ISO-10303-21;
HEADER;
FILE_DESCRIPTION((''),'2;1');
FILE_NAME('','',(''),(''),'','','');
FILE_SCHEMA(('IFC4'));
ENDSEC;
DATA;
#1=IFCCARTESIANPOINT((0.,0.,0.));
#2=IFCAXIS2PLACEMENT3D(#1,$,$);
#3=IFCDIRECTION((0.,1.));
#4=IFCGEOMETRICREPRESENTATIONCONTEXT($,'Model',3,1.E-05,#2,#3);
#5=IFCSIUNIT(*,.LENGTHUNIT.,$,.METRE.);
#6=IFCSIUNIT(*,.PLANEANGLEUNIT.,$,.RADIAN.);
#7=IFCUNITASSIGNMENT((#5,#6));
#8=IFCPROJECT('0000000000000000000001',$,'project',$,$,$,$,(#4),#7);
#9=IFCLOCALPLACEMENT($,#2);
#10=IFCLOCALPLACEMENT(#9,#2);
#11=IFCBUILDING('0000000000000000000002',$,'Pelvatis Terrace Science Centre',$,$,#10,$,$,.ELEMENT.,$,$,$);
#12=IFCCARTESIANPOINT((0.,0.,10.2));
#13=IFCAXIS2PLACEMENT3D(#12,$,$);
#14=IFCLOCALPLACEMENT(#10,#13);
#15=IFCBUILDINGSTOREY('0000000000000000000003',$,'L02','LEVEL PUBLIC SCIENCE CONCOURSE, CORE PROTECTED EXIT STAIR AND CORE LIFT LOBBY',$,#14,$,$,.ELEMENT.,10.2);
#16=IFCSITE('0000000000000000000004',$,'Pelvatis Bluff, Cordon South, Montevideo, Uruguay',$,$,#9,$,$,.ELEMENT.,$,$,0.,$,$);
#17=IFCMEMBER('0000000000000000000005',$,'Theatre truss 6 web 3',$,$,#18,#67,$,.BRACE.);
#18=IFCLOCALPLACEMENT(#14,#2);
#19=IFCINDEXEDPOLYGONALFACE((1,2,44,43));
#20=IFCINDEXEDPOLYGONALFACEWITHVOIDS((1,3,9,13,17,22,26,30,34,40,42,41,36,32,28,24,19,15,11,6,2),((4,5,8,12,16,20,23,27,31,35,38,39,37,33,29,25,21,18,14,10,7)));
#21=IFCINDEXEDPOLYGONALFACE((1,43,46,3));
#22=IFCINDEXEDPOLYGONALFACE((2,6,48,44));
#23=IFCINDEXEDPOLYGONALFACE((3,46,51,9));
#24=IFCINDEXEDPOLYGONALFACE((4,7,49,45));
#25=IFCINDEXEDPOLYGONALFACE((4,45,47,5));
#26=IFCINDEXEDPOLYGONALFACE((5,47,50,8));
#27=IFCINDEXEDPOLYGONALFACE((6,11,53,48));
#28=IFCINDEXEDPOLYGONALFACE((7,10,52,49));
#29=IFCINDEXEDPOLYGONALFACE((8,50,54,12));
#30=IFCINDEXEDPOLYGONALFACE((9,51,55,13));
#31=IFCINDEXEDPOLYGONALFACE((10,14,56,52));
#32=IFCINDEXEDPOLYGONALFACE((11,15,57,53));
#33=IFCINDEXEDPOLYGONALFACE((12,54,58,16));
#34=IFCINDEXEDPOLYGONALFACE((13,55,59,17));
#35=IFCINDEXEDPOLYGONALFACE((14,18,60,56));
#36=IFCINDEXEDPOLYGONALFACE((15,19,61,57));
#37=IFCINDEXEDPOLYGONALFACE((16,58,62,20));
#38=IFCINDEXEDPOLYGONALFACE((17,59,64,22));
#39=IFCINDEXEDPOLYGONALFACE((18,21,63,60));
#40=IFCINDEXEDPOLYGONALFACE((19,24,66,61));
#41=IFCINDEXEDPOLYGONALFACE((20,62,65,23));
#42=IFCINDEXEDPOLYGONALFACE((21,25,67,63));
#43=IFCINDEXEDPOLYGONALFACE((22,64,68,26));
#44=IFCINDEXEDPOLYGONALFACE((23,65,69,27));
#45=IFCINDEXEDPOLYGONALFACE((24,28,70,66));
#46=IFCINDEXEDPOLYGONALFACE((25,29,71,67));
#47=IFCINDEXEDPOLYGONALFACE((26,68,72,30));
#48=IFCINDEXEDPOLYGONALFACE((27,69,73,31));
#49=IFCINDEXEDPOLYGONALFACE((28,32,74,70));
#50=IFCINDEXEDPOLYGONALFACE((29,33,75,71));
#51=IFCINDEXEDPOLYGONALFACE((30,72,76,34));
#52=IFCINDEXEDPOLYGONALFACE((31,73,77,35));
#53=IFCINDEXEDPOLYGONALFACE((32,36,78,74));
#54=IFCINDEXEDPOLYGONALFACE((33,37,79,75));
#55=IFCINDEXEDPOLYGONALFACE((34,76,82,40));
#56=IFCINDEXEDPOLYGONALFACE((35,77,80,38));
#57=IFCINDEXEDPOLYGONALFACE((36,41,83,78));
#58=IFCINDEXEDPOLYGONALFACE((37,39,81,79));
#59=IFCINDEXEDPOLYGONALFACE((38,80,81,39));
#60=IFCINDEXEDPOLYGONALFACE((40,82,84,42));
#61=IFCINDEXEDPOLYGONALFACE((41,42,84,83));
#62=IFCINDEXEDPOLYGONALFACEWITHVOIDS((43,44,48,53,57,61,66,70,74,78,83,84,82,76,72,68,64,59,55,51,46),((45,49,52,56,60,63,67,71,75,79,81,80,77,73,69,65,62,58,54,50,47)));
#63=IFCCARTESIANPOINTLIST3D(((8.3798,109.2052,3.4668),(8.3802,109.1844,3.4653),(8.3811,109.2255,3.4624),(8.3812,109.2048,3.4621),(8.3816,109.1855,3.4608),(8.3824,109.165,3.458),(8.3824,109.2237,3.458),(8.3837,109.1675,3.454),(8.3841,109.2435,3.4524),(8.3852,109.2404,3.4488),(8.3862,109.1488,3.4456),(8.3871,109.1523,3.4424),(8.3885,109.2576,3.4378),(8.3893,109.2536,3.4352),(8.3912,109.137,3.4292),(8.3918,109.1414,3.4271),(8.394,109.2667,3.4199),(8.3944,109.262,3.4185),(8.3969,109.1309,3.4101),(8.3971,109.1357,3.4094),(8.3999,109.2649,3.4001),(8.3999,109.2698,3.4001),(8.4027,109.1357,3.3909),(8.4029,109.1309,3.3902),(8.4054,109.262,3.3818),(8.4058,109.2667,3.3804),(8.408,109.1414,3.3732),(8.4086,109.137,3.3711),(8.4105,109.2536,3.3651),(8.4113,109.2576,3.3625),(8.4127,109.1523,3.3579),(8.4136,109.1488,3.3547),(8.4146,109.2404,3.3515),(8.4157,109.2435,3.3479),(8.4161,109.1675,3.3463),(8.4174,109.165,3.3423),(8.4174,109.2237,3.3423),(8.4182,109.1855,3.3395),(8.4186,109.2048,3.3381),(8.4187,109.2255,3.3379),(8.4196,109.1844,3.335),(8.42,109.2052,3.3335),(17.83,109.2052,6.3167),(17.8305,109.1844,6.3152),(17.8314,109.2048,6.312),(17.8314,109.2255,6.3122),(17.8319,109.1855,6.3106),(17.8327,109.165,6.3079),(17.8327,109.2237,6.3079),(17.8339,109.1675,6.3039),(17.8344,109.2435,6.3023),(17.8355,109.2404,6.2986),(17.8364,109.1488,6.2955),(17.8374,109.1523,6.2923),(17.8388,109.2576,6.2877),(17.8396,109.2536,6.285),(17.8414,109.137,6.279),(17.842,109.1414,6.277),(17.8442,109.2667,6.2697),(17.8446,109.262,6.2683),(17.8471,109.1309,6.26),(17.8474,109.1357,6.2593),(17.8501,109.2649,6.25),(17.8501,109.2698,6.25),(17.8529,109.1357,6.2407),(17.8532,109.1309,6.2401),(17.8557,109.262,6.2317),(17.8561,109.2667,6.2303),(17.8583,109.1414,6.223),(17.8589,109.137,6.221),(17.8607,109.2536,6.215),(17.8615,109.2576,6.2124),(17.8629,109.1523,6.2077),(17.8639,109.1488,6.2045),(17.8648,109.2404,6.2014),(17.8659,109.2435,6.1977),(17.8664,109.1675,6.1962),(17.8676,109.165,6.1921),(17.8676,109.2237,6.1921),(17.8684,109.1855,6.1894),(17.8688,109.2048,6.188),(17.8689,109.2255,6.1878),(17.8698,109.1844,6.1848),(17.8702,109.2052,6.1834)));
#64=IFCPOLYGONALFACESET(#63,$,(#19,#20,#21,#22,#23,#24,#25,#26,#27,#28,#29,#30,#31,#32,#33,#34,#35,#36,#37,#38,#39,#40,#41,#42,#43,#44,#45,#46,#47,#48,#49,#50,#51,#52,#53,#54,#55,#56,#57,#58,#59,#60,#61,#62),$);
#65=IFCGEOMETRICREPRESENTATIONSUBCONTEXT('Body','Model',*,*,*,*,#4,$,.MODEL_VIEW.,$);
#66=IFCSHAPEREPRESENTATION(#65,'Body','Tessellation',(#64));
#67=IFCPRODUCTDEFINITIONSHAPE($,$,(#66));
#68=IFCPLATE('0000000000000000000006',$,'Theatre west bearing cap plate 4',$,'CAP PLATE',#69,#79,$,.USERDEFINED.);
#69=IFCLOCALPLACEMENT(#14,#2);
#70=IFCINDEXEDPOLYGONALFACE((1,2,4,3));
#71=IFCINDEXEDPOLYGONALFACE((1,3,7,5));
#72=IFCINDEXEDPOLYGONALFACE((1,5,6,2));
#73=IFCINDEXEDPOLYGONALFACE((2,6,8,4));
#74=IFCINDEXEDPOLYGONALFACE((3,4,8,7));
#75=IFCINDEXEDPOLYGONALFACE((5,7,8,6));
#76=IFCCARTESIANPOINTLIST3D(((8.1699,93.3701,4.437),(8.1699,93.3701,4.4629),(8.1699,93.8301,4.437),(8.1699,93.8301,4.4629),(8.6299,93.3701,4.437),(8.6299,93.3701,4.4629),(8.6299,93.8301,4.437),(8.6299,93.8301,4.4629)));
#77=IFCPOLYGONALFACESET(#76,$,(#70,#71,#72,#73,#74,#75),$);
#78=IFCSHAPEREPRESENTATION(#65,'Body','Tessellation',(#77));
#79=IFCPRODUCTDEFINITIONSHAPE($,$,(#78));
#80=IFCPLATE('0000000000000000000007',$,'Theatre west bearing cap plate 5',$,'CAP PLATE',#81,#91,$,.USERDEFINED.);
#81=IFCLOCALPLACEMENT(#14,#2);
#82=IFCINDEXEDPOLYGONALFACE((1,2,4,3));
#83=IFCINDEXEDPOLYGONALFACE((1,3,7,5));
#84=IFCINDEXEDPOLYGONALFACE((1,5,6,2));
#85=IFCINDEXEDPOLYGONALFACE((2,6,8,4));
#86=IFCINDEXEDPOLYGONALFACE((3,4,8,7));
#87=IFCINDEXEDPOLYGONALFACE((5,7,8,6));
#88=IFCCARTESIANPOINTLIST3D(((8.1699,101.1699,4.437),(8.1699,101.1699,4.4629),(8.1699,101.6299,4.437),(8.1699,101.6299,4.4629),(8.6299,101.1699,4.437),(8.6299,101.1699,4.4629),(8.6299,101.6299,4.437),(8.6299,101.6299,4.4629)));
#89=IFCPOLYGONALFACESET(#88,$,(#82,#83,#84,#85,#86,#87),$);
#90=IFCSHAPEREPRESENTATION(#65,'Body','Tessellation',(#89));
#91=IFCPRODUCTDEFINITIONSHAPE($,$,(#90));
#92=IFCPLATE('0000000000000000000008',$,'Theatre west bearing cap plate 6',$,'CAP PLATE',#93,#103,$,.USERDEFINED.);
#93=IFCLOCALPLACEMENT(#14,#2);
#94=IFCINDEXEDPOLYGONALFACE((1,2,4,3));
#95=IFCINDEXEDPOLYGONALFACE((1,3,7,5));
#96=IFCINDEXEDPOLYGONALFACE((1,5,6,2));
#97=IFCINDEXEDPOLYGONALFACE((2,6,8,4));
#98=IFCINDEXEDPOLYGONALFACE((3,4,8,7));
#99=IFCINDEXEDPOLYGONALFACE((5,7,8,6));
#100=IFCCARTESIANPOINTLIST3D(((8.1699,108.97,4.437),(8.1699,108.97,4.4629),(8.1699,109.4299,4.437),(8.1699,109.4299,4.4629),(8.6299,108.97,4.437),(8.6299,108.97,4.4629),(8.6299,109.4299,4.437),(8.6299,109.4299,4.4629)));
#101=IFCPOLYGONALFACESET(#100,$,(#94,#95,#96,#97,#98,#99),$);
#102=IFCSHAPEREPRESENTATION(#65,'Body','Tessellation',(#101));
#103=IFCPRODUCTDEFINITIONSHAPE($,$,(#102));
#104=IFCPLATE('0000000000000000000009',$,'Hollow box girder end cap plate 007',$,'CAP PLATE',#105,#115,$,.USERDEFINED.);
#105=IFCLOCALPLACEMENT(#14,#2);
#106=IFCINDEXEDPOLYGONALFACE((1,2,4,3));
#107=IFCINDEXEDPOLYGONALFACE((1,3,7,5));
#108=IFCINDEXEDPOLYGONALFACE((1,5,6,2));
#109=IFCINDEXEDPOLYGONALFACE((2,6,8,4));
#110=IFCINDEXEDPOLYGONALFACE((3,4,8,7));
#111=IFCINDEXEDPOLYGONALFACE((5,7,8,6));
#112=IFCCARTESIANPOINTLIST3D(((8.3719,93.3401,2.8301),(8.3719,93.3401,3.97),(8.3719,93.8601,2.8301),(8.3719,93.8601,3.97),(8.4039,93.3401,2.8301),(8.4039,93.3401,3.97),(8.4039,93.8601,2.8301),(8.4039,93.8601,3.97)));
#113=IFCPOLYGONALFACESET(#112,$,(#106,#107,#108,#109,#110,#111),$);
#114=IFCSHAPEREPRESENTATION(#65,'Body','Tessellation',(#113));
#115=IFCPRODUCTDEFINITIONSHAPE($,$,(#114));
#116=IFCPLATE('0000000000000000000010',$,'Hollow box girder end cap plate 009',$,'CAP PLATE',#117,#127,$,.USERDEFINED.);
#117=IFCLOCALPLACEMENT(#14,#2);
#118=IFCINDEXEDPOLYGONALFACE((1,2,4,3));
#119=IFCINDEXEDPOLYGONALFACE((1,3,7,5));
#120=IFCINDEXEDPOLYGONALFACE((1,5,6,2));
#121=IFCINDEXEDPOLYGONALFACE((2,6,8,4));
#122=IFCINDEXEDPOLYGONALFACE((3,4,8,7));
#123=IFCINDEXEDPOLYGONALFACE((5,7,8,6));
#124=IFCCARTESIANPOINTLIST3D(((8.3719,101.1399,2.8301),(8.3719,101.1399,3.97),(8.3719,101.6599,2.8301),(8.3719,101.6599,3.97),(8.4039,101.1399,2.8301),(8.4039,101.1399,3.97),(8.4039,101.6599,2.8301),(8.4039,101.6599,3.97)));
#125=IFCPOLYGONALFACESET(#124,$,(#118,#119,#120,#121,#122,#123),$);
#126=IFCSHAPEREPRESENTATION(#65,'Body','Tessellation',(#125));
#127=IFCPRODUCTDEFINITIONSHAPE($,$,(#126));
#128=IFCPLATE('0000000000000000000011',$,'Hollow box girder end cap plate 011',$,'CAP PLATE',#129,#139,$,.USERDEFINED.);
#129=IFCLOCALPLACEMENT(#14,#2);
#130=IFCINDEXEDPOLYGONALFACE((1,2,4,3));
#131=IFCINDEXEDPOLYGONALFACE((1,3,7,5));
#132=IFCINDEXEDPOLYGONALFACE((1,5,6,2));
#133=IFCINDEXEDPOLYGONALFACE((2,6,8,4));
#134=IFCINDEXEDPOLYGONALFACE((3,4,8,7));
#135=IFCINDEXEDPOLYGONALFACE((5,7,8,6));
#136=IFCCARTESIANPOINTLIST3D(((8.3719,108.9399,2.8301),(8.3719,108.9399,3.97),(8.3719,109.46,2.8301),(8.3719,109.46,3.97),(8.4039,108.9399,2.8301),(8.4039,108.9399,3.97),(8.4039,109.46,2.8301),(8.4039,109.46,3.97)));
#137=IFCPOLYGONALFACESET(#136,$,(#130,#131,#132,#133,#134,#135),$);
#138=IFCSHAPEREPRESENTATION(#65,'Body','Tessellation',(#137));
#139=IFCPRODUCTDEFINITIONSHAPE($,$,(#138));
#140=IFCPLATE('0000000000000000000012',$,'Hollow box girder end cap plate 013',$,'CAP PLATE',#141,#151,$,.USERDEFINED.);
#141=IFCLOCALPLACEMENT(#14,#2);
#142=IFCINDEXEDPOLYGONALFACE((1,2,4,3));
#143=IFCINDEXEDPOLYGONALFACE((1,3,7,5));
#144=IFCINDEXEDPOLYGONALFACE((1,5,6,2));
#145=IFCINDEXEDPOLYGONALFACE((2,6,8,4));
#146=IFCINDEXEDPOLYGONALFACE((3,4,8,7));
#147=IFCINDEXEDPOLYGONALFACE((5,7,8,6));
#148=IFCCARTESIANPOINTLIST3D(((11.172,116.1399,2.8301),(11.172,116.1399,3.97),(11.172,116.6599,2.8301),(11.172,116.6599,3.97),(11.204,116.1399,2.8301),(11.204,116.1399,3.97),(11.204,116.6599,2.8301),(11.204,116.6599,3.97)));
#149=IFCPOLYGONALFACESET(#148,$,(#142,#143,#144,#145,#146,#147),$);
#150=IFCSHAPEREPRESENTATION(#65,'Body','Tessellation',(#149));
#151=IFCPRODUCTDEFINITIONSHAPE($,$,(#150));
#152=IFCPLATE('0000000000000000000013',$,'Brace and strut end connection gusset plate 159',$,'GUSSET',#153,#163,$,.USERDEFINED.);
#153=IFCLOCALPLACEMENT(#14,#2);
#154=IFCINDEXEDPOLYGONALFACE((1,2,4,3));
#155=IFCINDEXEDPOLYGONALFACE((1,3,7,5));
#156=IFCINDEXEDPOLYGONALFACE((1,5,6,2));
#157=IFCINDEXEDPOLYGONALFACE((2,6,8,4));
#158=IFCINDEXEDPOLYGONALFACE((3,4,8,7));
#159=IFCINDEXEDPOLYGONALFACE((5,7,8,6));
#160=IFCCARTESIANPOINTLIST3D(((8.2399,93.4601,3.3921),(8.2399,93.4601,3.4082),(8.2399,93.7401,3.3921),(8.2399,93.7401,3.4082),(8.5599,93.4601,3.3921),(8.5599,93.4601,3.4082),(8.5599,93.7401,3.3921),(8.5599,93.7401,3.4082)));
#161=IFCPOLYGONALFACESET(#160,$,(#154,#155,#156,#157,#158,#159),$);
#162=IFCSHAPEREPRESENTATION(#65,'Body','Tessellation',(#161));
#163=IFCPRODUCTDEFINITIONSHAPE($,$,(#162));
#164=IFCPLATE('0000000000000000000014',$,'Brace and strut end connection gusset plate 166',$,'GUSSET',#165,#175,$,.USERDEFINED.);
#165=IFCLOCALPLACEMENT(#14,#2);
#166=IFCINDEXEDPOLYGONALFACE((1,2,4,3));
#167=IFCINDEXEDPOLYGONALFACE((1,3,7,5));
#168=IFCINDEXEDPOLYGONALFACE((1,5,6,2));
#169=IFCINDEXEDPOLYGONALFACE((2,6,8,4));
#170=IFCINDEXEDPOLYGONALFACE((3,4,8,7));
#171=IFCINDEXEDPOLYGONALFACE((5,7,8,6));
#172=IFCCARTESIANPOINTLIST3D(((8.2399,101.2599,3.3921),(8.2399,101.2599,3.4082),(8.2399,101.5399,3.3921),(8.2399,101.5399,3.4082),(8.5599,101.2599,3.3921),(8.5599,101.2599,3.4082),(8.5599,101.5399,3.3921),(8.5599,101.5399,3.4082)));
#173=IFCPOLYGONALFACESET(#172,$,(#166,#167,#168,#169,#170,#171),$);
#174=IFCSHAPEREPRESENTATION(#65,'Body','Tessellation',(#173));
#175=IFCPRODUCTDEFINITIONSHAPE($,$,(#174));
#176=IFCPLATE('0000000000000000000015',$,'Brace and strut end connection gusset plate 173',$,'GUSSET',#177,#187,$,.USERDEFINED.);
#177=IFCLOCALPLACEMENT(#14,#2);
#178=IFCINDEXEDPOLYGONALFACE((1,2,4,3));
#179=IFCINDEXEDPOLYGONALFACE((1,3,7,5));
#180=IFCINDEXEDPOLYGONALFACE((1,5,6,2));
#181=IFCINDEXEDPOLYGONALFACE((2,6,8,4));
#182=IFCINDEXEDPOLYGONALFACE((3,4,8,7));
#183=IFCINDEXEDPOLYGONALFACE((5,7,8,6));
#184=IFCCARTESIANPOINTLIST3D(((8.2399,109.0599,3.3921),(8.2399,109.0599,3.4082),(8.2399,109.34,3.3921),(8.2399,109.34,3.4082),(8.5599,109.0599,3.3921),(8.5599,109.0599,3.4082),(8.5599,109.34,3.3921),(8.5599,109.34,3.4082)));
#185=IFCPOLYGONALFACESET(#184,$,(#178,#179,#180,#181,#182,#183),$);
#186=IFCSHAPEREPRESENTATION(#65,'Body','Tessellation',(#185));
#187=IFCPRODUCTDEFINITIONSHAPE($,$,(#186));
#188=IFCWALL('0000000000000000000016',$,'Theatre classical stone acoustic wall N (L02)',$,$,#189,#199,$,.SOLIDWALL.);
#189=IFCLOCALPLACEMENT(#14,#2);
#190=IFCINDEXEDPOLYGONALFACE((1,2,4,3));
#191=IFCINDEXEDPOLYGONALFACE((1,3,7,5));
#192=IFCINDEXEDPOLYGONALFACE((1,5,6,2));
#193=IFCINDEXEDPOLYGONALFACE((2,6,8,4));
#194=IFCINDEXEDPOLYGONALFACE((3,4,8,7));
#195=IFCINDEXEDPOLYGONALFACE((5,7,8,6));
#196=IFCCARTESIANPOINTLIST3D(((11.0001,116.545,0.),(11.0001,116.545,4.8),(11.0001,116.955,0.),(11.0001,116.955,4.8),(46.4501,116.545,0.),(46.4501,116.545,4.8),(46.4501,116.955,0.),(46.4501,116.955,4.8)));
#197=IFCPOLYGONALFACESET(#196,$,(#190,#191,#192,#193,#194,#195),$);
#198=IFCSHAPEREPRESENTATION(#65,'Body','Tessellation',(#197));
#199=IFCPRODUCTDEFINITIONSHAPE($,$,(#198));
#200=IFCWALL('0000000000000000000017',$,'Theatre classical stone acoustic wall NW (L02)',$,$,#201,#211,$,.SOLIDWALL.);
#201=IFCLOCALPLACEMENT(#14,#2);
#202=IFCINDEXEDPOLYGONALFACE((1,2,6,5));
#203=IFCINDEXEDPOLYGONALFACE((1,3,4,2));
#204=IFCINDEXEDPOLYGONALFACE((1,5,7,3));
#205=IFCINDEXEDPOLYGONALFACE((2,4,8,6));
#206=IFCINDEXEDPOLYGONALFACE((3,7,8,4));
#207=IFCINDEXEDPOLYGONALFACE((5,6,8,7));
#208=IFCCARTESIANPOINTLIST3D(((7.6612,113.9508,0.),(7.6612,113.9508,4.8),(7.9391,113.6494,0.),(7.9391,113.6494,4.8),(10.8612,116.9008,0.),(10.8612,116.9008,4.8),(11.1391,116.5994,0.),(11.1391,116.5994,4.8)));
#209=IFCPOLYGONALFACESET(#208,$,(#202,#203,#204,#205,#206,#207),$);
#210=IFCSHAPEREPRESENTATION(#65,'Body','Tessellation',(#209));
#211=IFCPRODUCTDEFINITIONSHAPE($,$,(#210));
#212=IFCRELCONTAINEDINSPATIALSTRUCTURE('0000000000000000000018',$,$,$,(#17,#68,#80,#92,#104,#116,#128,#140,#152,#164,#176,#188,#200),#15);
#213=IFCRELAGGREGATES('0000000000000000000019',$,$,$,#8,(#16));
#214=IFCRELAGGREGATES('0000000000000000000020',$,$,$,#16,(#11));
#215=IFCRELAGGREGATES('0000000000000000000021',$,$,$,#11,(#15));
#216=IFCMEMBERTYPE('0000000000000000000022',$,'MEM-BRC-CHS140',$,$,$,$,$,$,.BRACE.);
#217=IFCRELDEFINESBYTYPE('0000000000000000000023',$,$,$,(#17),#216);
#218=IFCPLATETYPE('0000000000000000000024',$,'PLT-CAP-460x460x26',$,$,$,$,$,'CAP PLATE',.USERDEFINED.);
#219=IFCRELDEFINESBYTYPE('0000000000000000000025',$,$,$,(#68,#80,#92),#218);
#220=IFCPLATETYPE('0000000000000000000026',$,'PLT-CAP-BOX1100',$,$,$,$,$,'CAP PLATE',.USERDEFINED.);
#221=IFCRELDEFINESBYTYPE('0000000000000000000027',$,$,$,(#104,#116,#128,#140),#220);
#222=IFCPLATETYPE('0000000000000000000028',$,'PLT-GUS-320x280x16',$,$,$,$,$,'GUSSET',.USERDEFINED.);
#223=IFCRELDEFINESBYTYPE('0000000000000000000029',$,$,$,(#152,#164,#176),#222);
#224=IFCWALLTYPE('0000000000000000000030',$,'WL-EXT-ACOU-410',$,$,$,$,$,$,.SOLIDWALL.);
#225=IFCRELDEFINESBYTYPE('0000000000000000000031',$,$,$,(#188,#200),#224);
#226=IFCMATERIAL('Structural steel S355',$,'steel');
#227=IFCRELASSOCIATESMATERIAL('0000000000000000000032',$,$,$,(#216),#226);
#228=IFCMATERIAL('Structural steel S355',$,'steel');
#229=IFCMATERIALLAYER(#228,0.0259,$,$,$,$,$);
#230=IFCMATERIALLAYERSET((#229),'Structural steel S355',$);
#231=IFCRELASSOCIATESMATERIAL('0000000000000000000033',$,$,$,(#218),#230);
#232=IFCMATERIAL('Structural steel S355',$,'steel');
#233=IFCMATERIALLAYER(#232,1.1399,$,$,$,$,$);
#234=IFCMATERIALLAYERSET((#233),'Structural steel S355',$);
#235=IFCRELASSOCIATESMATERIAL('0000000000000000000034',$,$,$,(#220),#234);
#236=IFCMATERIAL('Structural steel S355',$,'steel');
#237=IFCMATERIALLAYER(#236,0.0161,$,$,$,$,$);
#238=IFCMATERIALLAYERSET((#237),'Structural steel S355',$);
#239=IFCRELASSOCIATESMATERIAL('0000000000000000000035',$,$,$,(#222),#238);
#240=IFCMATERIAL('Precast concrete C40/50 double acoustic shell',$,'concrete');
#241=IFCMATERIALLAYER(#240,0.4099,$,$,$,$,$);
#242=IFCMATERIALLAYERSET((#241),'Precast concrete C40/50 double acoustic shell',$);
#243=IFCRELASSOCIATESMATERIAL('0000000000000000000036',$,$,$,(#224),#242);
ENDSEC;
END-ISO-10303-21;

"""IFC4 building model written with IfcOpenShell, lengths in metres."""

from ifc_helpers import new_model, si_unit, direction, frame, frame_2d, origin, origin_2d, place, context, subcontext, project, spatial, rectangle, hollow_circle, extrude, material, layer, layer_set, material_profile, profile_set, type_object, element, save


model = new_model("IFC4")

# Units and contexts
model_context = context("Model", 3, precision=1e-05, world=origin(), true_north=direction((0.0, 1.0)))
body_context = subcontext(model_context, "Body", "Model", "MODEL_VIEW")
ifc_project = project(units=[si_unit("LENGTHUNIT", "METRE"), si_unit("PLANEANGLEUNIT", "RADIAN")], contexts=[model_context])

# Site, building, storey
site_placement = place(None, origin())
site = spatial("IfcSite", under=ifc_project, at=site_placement, Name="Pelvatis Bluff, Cordon South, Montevideo, Uruguay", CompositionType="ELEMENT", RefElevation=0.0)
building_placement = place(site_placement, origin())
building = spatial("IfcBuilding", under=site, at=building_placement, Name="Pelvatis Terrace Science Centre", CompositionType="ELEMENT")
storey_placement = place(building_placement, frame((0.0, 0.0, 10.2)))
storey = spatial("IfcBuildingStorey", under=building, at=storey_placement, Name="L02", Description="LEVEL PUBLIC SCIENCE CONCOURSE, CORE PROTECTED EXIT STAIR AND CORE LIFT LOBBY", CompositionType="ELEMENT", Elevation=10.2)

# Member
ifc_material_1 = material(Name="Structural steel S355", Category="steel")
ifc_material_profile_1 = material_profile(ifc_material_1, hollow_circle(Radius=0.0698, WallThickness=0.0049, at=origin_2d()), Name="CHS 139.7x5.0")
ifc_profile_set_1 = profile_set([ifc_material_profile_1], Name="Structural steel S355")
member_type = type_object("IfcMemberType", Name="MEM-BRC-CHS140", PredefinedType="BRACE", material=ifc_profile_set_1)
for number, where, z_axis, x_axis, name in (
    (1, (8.3999, 109.2, 3.4001), (0.957413, 0.0, 0.288723), (0.0, 1.0, 0.0), "Theatre truss 6 web 3"),
):
    element("IfcMember", number, at=place(storey_placement, frame(where, z_axis=z_axis, x_axis=x_axis)), inside=storey, type_object=member_type, Name=name, PredefinedType="BRACE", context=body_context, shape_type="SweptSolid", body=[
        extrude(hollow_circle(Radius=0.0698, WallThickness=0.0049, at=origin_2d()), origin(), (0.0, 0.0, 1.0), 9.8706),
    ])

# Plates
ifc_material_2 = material(Name="Structural steel S355", Category="steel")
ifc_layer_1 = layer(ifc_material_2, 0.0259)
ifc_layer_set_1 = layer_set([ifc_layer_1], Name="Structural steel S355")
plate_type_1 = type_object("IfcPlateType", Name="PLT-CAP-460x460x26", ElementType="CAP PLATE", PredefinedType="USERDEFINED", material=ifc_layer_set_1)
for number, where, z_axis, x_axis, name in (
    (2, (8.3999, 93.6001, 4.437), (0.0, 0.0, 1.0), (1.0, 0.0, 0.0), "Theatre west bearing cap plate 4"),
    (3, (8.3999, 101.3999, 4.437), (0.0, 0.0, 1.0), (1.0, 0.0, 0.0), "Theatre west bearing cap plate 5"),
    (4, (8.3999, 109.2, 4.437), (0.0, 0.0, 1.0), (1.0, 0.0, 0.0), "Theatre west bearing cap plate 6"),
):
    element("IfcPlate", number, at=place(storey_placement, frame(where, z_axis=z_axis, x_axis=x_axis)), inside=storey, type_object=plate_type_1, Name=name, ObjectType="CAP PLATE", PredefinedType="USERDEFINED", context=body_context, shape_type="SweptSolid", body=[
        extrude(rectangle(XDim=0.46, YDim=0.46, at=origin_2d()), origin(), (0.0, 0.0, 1.0), 0.0259),
    ])
ifc_material_3 = material(Name="Structural steel S355", Category="steel")
ifc_layer_2 = layer(ifc_material_3, 1.1399)
ifc_layer_set_2 = layer_set([ifc_layer_2], Name="Structural steel S355")
plate_type_2 = type_object("IfcPlateType", Name="PLT-CAP-BOX1100", ElementType="CAP PLATE", PredefinedType="USERDEFINED", material=ifc_layer_set_2)
for number, where, z_axis, x_axis, name in (
    (5, (8.3879, 93.6001, 2.8301), (0.0, 0.0, 1.0), (1.0, 0.0, 0.0), "Hollow box girder end cap plate 007"),
    (6, (8.3879, 101.3999, 2.8301), (0.0, 0.0, 1.0), (1.0, 0.0, 0.0), "Hollow box girder end cap plate 009"),
    (7, (8.3879, 109.2, 2.8301), (0.0, 0.0, 1.0), (1.0, 0.0, 0.0), "Hollow box girder end cap plate 011"),
    (8, (11.188, 116.3999, 2.8301), (0.0, 0.0, 1.0), (1.0, 0.0, 0.0), "Hollow box girder end cap plate 013"),
):
    element("IfcPlate", number, at=place(storey_placement, frame(where, z_axis=z_axis, x_axis=x_axis)), inside=storey, type_object=plate_type_2, Name=name, ObjectType="CAP PLATE", PredefinedType="USERDEFINED", context=body_context, shape_type="SweptSolid", body=[
        extrude(rectangle(XDim=0.032, YDim=0.52, at=origin_2d()), origin(), (0.0, 0.0, 1.0), 1.1399),
    ])
ifc_material_4 = material(Name="Structural steel S355", Category="steel")
ifc_layer_3 = layer(ifc_material_4, 0.0161)
ifc_layer_set_3 = layer_set([ifc_layer_3], Name="Structural steel S355")
plate_type_3 = type_object("IfcPlateType", Name="PLT-GUS-320x280x16", ElementType="GUSSET", PredefinedType="USERDEFINED", material=ifc_layer_set_3)
for number, where, z_axis, x_axis, name in (
    (9, (8.3999, 93.6001, 3.3921), (0.0, 0.0, 1.0), (1.0, 0.0, 0.0), "Brace and strut end connection gusset plate 159"),
    (10, (8.3999, 101.3999, 3.3921), (0.0, 0.0, 1.0), (1.0, 0.0, 0.0), "Brace and strut end connection gusset plate 166"),
    (11, (8.3999, 109.2, 3.3921), (0.0, 0.0, 1.0), (1.0, 0.0, 0.0), "Brace and strut end connection gusset plate 173"),
):
    element("IfcPlate", number, at=place(storey_placement, frame(where, z_axis=z_axis, x_axis=x_axis)), inside=storey, type_object=plate_type_3, Name=name, ObjectType="GUSSET", PredefinedType="USERDEFINED", context=body_context, shape_type="SweptSolid", body=[
        extrude(rectangle(XDim=0.3201, YDim=0.28, at=origin_2d()), origin(), (0.0, 0.0, 1.0), 0.0161),
    ])

# Walls
ifc_material_5 = material(Name="Precast concrete C40/50 double acoustic shell", Category="concrete")
ifc_layer_4 = layer(ifc_material_5, 0.4099)
ifc_layer_set_4 = layer_set([ifc_layer_4], Name="Precast concrete C40/50 double acoustic shell")
wall_type = type_object("IfcWallType", Name="WL-EXT-ACOU-410", PredefinedType="SOLIDWALL", material=ifc_layer_set_4)
wall_1_placement = place(storey_placement, frame((11.0, 116.75, 0.0), z_axis=(0.0, 0.0, 1.0), x_axis=(1.0, 0.0, 0.0)))
element("IfcWall", 12, at=wall_1_placement, inside=storey, type_object=wall_type, Name="Theatre classical stone acoustic wall N (L02)", PredefinedType="SOLIDWALL", context=body_context, shape_type="SweptSolid", body=[
    extrude(rectangle(XDim=35.45, YDim=0.4099, at=frame_2d((17.7251, 0.0))), origin(), (0.0, 0.0, 1.0), 4.8),
])
wall_2_placement = place(storey_placement, frame((7.8, 113.8, 0.0), z_axis=(0.0, 0.0, 1.0), x_axis=(0.735244, 0.677802, 0.0)))
element("IfcWall", 13, at=wall_2_placement, inside=storey, type_object=wall_type, Name="Theatre classical stone acoustic wall NW (L02)", PredefinedType="SOLIDWALL", context=body_context, shape_type="SweptSolid", body=[
    extrude(rectangle(XDim=4.3523, YDim=0.4099, at=frame_2d((2.1763, 0.0))), origin(), (0.0, 0.0, 1.0), 4.8),
])

save(model, "model.ifc")
